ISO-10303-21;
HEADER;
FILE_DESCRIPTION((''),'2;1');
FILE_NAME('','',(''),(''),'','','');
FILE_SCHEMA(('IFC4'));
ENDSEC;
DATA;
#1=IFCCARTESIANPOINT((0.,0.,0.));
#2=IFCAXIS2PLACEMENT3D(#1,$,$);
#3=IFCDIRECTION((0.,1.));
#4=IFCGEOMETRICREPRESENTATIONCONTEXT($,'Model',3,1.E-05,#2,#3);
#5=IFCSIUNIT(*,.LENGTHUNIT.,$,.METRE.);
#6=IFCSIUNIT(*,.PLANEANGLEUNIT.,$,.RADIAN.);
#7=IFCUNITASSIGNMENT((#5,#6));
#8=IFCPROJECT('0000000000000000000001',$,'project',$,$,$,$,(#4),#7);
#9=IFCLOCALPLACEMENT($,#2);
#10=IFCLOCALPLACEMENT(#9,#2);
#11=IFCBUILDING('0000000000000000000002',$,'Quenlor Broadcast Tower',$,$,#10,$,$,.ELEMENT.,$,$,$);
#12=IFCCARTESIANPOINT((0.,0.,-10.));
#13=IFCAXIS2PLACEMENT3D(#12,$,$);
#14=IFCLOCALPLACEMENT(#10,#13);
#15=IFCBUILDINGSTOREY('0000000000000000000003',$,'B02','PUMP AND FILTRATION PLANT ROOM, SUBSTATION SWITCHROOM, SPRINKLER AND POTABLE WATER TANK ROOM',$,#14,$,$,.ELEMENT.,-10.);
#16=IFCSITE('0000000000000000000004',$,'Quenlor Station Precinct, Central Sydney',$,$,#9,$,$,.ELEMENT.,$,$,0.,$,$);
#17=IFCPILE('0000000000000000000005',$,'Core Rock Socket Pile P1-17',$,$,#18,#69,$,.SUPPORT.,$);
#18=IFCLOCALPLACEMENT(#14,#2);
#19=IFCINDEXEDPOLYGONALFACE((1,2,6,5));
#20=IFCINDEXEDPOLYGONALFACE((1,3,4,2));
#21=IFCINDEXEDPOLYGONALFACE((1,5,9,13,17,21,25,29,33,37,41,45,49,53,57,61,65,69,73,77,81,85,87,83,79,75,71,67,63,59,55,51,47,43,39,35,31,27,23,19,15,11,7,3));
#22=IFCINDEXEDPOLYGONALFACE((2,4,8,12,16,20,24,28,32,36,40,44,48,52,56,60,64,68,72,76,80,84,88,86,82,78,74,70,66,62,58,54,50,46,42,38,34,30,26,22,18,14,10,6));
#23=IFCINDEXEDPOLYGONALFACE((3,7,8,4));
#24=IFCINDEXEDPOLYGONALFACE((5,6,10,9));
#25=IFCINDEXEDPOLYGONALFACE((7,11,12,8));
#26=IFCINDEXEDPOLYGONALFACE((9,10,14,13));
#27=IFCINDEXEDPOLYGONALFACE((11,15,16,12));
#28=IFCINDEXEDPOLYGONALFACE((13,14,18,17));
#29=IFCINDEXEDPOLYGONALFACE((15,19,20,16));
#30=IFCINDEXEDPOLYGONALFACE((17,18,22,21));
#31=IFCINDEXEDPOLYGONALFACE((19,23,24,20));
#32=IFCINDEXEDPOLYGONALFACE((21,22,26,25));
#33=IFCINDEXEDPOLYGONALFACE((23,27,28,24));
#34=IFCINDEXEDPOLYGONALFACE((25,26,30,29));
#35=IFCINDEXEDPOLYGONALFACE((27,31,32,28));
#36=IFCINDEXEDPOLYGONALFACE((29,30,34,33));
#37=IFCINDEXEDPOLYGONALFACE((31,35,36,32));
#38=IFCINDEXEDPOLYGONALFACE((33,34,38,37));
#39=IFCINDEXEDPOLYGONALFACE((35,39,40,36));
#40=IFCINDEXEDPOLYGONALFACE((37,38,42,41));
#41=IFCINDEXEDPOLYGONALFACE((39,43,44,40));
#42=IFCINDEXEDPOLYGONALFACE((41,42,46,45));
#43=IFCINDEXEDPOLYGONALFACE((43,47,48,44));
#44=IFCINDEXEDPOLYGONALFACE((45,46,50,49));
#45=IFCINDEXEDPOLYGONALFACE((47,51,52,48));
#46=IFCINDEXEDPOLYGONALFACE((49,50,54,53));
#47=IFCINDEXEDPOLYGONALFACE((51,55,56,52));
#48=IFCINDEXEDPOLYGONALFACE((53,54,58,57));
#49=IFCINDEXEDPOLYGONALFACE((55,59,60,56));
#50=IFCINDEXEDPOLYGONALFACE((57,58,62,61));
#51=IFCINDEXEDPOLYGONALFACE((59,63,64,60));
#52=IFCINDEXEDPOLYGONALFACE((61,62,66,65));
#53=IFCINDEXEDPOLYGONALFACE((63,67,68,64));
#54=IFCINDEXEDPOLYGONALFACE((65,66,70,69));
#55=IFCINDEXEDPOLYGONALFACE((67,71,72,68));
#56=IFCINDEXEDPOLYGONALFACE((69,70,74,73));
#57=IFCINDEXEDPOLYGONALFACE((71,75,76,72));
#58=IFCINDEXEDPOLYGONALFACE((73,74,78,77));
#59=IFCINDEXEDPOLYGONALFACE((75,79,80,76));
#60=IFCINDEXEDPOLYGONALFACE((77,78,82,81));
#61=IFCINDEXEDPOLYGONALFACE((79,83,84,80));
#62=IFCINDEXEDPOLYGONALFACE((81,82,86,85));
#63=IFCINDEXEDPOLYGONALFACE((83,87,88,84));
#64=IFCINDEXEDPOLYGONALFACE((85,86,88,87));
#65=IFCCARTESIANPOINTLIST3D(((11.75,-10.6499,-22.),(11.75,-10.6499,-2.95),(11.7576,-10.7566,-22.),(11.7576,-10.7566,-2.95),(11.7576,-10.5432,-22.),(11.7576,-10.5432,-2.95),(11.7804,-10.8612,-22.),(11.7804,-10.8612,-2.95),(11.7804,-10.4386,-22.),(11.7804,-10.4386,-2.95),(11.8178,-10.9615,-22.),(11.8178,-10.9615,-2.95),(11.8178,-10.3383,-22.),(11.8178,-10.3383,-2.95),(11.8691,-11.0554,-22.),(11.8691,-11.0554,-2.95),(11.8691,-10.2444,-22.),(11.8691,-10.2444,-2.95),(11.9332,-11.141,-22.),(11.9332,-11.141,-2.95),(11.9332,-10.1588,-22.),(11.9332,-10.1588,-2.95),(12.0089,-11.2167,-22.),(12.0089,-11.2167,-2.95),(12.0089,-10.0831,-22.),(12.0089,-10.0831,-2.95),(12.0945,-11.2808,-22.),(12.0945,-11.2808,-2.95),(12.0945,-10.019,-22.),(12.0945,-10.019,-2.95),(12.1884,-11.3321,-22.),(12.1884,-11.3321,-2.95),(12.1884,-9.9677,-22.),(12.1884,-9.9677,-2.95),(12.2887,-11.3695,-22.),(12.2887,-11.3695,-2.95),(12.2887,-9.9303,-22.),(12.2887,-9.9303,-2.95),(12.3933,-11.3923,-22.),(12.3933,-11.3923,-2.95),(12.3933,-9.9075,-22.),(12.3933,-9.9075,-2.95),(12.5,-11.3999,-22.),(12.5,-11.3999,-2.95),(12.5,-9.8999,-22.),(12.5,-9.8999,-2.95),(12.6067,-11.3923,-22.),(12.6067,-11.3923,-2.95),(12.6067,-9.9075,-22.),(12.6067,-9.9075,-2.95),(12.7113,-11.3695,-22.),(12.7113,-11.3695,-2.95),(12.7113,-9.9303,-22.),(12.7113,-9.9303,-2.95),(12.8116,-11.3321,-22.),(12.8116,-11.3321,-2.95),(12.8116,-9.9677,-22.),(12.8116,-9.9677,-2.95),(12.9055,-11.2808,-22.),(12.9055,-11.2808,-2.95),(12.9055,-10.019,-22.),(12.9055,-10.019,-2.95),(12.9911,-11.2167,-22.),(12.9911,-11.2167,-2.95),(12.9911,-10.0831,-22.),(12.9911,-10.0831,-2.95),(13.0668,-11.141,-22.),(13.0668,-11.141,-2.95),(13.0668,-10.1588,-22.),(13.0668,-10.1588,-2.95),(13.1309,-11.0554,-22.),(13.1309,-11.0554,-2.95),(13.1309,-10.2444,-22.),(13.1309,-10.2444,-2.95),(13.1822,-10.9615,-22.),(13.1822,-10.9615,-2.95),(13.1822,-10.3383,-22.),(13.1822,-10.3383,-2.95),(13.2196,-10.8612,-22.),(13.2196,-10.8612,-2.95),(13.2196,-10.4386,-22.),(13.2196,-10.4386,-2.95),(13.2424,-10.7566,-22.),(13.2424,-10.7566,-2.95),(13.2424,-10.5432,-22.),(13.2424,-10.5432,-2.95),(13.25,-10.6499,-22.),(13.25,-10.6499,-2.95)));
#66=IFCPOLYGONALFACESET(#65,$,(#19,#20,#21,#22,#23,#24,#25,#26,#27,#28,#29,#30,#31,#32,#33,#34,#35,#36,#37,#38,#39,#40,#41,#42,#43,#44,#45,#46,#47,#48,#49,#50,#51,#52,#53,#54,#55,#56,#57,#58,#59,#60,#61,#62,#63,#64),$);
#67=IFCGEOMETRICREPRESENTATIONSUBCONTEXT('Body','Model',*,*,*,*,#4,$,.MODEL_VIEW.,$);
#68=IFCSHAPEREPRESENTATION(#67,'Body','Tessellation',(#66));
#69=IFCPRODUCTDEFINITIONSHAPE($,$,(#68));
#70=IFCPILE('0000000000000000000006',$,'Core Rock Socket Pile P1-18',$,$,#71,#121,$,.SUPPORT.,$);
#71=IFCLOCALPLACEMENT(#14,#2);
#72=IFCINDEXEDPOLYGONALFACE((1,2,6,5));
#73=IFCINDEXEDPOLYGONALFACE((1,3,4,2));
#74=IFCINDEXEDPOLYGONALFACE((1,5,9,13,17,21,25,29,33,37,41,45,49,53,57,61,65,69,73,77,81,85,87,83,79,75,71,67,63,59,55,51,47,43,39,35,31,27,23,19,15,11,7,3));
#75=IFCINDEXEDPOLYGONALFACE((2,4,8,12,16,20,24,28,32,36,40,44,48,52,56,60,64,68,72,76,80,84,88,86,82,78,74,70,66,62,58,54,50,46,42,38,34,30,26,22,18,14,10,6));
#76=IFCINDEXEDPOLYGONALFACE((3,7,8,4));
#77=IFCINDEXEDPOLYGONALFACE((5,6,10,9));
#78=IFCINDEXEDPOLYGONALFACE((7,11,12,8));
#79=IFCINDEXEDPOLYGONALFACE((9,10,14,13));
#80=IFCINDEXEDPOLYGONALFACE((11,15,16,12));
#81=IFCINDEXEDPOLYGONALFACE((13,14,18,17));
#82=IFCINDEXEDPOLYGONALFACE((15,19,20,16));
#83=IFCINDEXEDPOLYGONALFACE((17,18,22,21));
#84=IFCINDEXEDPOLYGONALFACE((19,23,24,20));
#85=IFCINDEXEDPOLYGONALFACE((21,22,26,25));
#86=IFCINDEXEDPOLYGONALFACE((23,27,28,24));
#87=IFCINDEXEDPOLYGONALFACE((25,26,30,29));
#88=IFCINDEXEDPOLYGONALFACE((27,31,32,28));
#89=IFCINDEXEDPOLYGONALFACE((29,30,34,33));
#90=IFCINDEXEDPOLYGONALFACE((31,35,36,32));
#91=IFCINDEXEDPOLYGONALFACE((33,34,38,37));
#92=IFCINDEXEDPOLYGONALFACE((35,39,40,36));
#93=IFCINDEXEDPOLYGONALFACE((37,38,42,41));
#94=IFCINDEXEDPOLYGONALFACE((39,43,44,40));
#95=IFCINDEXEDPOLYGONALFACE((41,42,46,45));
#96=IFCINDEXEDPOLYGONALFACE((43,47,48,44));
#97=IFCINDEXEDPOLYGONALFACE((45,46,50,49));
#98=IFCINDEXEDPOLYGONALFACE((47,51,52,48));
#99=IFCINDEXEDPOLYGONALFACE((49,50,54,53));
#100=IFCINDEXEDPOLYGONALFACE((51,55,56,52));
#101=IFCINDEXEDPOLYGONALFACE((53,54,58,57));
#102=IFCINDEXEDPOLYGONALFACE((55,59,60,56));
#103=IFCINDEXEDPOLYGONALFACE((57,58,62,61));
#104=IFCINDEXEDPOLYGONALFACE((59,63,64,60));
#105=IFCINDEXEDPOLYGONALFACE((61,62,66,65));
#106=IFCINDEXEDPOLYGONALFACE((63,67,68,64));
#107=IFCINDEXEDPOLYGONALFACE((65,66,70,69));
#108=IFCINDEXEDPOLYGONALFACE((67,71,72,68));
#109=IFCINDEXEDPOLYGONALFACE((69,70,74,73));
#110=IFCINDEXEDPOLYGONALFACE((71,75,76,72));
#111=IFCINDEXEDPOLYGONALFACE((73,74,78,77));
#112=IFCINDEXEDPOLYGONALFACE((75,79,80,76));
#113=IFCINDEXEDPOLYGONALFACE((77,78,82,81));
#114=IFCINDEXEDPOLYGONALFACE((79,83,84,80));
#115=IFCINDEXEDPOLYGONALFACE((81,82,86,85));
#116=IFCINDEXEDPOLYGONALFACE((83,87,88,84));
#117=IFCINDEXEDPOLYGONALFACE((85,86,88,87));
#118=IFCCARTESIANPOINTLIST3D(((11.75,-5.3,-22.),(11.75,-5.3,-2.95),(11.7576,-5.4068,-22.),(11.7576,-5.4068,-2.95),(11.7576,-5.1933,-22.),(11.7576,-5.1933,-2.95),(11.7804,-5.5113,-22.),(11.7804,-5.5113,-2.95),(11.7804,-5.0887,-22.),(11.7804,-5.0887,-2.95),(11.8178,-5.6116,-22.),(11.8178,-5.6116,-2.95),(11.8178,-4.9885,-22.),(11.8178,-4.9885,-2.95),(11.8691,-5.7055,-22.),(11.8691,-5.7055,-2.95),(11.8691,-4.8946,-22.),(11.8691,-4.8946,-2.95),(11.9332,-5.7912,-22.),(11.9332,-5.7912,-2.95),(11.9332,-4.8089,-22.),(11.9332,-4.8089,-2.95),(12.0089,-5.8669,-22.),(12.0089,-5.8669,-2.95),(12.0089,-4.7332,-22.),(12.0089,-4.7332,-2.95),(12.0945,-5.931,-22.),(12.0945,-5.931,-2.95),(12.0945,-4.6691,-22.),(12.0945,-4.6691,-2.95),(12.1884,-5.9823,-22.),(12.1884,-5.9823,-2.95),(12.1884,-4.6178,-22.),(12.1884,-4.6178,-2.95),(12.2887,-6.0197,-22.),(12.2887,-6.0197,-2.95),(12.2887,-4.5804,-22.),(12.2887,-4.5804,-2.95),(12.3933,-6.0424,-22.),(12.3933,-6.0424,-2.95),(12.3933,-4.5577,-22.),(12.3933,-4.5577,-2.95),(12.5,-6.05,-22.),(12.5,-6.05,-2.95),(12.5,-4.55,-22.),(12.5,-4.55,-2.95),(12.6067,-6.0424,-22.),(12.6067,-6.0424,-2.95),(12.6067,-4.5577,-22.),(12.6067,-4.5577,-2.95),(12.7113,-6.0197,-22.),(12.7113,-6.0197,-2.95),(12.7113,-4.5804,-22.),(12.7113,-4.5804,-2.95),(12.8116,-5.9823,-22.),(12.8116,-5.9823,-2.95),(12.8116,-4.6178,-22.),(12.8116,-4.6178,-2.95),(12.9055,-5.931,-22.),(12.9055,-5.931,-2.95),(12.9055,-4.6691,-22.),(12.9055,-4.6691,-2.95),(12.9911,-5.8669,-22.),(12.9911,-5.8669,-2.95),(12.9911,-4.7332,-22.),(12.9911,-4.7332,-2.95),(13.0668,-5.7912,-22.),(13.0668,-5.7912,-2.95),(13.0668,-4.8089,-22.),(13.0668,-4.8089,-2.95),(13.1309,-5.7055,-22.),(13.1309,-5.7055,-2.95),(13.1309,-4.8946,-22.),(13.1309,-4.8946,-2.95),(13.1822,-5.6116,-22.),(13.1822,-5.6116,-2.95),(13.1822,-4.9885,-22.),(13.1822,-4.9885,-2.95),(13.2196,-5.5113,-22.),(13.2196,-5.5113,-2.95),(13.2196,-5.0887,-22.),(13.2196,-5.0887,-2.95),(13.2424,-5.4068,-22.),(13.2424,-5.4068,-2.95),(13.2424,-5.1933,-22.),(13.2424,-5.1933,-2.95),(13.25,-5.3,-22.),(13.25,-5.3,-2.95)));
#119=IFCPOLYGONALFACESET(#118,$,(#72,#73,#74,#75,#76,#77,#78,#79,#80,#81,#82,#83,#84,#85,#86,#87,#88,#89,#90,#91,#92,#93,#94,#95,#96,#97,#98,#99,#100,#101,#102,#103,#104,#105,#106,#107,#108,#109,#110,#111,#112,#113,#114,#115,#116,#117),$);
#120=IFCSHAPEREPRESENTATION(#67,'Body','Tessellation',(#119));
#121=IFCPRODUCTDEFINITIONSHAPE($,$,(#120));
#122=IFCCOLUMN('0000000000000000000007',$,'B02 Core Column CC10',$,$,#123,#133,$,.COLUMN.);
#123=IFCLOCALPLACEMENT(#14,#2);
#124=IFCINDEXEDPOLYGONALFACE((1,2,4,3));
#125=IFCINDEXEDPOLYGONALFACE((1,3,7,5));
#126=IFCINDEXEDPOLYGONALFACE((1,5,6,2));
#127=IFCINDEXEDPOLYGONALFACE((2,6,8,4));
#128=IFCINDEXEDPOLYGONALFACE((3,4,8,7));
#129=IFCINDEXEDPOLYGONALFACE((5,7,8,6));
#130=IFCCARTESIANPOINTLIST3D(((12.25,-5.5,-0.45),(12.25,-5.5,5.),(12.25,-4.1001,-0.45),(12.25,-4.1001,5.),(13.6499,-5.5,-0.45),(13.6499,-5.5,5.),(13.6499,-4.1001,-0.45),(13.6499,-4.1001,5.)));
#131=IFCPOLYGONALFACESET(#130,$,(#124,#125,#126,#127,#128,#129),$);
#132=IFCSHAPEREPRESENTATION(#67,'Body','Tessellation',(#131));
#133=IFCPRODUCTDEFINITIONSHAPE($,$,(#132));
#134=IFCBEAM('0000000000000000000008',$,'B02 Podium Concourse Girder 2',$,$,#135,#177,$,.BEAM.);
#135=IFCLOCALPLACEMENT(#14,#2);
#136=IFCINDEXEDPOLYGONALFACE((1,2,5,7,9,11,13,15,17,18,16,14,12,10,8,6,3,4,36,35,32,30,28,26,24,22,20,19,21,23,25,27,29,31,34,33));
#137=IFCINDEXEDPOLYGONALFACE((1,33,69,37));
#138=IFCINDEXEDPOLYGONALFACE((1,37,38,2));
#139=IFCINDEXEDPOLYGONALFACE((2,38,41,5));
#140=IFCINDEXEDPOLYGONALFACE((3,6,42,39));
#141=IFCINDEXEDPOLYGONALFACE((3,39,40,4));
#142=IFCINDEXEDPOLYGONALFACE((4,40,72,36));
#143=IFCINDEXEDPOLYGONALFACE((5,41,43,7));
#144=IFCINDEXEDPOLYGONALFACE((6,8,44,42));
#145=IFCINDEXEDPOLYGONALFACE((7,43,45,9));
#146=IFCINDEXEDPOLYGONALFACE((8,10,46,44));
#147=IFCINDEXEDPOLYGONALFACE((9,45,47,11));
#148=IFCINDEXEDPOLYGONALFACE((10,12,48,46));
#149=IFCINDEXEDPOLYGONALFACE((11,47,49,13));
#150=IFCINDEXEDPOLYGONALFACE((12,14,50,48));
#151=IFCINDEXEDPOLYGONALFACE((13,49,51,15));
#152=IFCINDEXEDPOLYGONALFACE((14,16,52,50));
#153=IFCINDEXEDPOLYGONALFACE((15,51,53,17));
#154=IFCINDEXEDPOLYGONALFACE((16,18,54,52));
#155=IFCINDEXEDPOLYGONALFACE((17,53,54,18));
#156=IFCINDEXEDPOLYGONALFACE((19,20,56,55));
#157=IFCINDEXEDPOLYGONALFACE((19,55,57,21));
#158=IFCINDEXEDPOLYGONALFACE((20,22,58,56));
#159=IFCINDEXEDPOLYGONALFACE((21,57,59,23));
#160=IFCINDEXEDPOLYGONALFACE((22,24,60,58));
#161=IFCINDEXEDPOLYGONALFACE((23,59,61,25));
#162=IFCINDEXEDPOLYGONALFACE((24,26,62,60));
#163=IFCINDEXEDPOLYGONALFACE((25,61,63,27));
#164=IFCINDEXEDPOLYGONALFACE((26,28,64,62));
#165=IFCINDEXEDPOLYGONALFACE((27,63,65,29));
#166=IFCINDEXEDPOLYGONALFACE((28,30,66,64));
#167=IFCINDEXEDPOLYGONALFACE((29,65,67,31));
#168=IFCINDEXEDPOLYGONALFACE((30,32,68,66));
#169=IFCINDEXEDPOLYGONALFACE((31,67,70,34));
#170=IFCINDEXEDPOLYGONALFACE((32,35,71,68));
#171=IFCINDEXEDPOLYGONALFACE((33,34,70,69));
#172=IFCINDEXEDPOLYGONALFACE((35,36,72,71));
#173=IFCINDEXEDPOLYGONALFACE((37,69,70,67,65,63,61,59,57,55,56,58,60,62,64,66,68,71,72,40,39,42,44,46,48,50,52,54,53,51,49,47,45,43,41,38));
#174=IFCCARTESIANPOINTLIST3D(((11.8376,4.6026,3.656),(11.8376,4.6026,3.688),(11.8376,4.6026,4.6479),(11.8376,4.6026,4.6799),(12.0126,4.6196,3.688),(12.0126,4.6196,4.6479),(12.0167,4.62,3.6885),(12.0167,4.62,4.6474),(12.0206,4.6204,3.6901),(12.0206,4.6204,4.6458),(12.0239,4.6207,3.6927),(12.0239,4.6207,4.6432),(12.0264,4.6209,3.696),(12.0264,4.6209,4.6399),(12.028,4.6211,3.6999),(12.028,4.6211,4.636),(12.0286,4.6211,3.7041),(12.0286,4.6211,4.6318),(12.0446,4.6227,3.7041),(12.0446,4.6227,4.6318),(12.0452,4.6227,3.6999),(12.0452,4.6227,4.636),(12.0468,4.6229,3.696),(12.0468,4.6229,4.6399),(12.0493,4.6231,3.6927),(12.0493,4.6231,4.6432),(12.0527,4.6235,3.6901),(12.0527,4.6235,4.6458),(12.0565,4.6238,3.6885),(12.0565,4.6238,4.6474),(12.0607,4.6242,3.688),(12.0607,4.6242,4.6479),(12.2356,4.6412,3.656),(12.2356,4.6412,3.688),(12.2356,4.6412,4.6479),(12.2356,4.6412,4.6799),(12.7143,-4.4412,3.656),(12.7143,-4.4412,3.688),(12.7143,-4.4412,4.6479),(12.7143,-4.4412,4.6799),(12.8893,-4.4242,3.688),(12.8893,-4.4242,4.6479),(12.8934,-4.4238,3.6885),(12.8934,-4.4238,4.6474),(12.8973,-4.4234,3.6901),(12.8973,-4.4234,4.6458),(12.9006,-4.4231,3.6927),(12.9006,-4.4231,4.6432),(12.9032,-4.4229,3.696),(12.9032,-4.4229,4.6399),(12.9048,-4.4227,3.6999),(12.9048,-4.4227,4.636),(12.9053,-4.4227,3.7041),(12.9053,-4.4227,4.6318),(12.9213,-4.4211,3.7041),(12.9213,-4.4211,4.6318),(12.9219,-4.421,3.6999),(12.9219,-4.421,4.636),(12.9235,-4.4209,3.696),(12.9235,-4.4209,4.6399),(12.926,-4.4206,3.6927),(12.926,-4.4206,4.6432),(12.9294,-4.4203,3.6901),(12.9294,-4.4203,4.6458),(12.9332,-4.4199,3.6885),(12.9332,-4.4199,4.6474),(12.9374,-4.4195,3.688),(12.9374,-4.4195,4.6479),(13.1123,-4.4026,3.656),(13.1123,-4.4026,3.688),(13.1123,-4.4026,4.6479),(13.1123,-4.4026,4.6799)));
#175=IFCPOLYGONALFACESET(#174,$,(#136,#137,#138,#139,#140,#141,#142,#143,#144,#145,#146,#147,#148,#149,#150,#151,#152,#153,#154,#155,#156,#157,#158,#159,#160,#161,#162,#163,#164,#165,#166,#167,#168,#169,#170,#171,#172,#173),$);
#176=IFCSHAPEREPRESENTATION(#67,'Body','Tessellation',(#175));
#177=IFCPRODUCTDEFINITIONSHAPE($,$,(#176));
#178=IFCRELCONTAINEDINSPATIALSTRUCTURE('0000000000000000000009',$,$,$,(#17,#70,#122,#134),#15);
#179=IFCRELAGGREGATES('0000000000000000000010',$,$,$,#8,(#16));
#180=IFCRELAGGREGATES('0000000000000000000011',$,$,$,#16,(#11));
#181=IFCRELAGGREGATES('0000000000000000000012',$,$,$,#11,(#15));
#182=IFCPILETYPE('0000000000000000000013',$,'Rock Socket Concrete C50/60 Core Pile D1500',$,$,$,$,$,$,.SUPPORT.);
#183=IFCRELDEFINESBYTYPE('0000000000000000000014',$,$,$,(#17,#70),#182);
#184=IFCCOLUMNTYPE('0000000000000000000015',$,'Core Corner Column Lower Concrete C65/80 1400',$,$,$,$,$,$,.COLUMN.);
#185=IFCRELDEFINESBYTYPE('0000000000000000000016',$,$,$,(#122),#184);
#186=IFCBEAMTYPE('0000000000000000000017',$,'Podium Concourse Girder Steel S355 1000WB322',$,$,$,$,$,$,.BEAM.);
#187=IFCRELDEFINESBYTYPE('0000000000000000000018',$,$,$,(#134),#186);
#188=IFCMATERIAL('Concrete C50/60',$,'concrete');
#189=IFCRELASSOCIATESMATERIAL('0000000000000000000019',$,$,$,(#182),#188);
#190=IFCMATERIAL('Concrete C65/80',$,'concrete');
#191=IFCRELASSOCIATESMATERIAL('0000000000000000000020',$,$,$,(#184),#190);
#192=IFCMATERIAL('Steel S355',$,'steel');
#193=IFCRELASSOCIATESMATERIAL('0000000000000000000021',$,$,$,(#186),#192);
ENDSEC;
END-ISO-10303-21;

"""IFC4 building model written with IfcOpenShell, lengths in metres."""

from ifc_helpers import new_model, si_unit, direction, frame, origin, origin_2d, place, context, subcontext, project, spatial, rectangle, circle, i_section, extrude, material, material_profile, profile_set, type_object, element, save


model = new_model("IFC4")

# Units and contexts
model_context = context("Model", 3, precision=1e-05, world=origin(), true_north=direction((0.0, 1.0)))
body_context = subcontext(model_context, "Body", "Model", "MODEL_VIEW")
ifc_project = project(units=[si_unit("LENGTHUNIT", "METRE"), si_unit("PLANEANGLEUNIT", "RADIAN")], contexts=[model_context])

# Site, building, storey
site_placement = place(None, origin())
site = spatial("IfcSite", under=ifc_project, at=site_placement, Name="Quenlor Station Precinct, Central Sydney", CompositionType="ELEMENT", RefElevation=0.0)
building_placement = place(site_placement, origin())
building = spatial("IfcBuilding", under=site, at=building_placement, Name="Quenlor Broadcast Tower", CompositionType="ELEMENT")
storey_placement = place(building_placement, frame((0.0, 0.0, -10.0)))
storey = spatial("IfcBuildingStorey", under=building, at=storey_placement, Name="B02", Description="PUMP AND FILTRATION PLANT ROOM, SUBSTATION SWITCHROOM, SPRINKLER AND POTABLE WATER TANK ROOM", CompositionType="ELEMENT", Elevation=-10.0)

# Piles
ifc_material_1 = material(Name="Concrete C50/60", Category="concrete")
ifc_material_profile_1 = material_profile(ifc_material_1, circle(Radius=0.75, at=origin_2d()))
ifc_profile_set_1 = profile_set([ifc_material_profile_1], Name="Concrete C50/60 PILE1500")
pile_type = type_object("IfcPileType", Name="Rock Socket Concrete C50/60 Core Pile D1500", PredefinedType="SUPPORT", material=ifc_profile_set_1)
for number, where, z_axis, x_axis, name in (
    (1, (12.5, -10.6499, -2.95), (0.0, 0.0, -1.0), (1.0, 0.0, 0.0), "Core Rock Socket Pile P1-17"),
    (2, (12.5, -5.3, -2.95), (0.0, 0.0, -1.0), (1.0, 0.0, 0.0), "Core Rock Socket Pile P1-18"),
):
    element("IfcPile", number, at=place(storey_placement, frame(where, z_axis=z_axis, x_axis=x_axis)), inside=storey, type_object=pile_type, Name=name, PredefinedType="SUPPORT", context=body_context, shape_type="SweptSolid", body=[
        extrude(circle(Radius=0.75, at=origin_2d()), origin(), (0.0, 0.0, 1.0), 19.05),
    ])

# Column
ifc_material_2 = material(Name="Concrete C65/80", Category="concrete")
ifc_material_profile_2 = material_profile(ifc_material_2, rectangle(XDim=1.3999, YDim=1.3999, at=origin_2d()))
ifc_profile_set_2 = profile_set([ifc_material_profile_2], Name="Concrete C65/80 RC1400x1400")
column_type = type_object("IfcColumnType", Name="Core Corner Column Lower Concrete C65/80 1400", PredefinedType="COLUMN", material=ifc_profile_set_2)
column_placement = place(storey_placement, frame((12.95, -4.8, -0.45), z_axis=(0.0, 0.0, 1.0), x_axis=(1.0, 0.0, 0.0)))
element("IfcColumn", 3, at=column_placement, inside=storey, type_object=column_type, Name="B02 Core Column CC10", PredefinedType="COLUMN", context=body_context, shape_type="SweptSolid", body=[
    extrude(rectangle(XDim=1.3999, YDim=1.3999, at=origin_2d()), origin(), (0.0, 0.0, 1.0), 5.45),
])

# Beam
ifc_material_3 = material(Name="Steel S355", Category="steel")
ifc_material_profile_3 = material_profile(ifc_material_3, i_section(OverallWidth=0.3999, OverallDepth=1.0239, WebThickness=0.0161, FlangeThickness=0.032, FilletRadius=0.0161, at=origin_2d()))
ifc_profile_set_3 = profile_set([ifc_material_profile_3], Name="Steel S355 1000WB322")
beam_type = type_object("IfcBeamType", Name="Podium Concourse Girder Steel S355 1000WB322", PredefinedType="BEAM", material=ifc_profile_set_3)
beam_1_placement = place(storey_placement, frame((12.9133, -4.4219, 4.168), z_axis=(-0.096489, 0.995334, 0.0), x_axis=(-0.995334, -0.096489, 0.0)))
element("IfcBeam", 4, at=beam_1_placement, inside=storey, type_object=beam_type, Name="B02 Podium Concourse Girder 2", PredefinedType="BEAM", context=body_context, shape_type="SweptSolid", body=[
    extrude(i_section(OverallWidth=0.3999, OverallDepth=1.0239, WebThickness=0.0161, FlangeThickness=0.032, FilletRadius=0.0161, at=origin_2d()), origin(), (0.0, 0.0, 1.0), 9.0862),
])

save(model, "model.ifc")
